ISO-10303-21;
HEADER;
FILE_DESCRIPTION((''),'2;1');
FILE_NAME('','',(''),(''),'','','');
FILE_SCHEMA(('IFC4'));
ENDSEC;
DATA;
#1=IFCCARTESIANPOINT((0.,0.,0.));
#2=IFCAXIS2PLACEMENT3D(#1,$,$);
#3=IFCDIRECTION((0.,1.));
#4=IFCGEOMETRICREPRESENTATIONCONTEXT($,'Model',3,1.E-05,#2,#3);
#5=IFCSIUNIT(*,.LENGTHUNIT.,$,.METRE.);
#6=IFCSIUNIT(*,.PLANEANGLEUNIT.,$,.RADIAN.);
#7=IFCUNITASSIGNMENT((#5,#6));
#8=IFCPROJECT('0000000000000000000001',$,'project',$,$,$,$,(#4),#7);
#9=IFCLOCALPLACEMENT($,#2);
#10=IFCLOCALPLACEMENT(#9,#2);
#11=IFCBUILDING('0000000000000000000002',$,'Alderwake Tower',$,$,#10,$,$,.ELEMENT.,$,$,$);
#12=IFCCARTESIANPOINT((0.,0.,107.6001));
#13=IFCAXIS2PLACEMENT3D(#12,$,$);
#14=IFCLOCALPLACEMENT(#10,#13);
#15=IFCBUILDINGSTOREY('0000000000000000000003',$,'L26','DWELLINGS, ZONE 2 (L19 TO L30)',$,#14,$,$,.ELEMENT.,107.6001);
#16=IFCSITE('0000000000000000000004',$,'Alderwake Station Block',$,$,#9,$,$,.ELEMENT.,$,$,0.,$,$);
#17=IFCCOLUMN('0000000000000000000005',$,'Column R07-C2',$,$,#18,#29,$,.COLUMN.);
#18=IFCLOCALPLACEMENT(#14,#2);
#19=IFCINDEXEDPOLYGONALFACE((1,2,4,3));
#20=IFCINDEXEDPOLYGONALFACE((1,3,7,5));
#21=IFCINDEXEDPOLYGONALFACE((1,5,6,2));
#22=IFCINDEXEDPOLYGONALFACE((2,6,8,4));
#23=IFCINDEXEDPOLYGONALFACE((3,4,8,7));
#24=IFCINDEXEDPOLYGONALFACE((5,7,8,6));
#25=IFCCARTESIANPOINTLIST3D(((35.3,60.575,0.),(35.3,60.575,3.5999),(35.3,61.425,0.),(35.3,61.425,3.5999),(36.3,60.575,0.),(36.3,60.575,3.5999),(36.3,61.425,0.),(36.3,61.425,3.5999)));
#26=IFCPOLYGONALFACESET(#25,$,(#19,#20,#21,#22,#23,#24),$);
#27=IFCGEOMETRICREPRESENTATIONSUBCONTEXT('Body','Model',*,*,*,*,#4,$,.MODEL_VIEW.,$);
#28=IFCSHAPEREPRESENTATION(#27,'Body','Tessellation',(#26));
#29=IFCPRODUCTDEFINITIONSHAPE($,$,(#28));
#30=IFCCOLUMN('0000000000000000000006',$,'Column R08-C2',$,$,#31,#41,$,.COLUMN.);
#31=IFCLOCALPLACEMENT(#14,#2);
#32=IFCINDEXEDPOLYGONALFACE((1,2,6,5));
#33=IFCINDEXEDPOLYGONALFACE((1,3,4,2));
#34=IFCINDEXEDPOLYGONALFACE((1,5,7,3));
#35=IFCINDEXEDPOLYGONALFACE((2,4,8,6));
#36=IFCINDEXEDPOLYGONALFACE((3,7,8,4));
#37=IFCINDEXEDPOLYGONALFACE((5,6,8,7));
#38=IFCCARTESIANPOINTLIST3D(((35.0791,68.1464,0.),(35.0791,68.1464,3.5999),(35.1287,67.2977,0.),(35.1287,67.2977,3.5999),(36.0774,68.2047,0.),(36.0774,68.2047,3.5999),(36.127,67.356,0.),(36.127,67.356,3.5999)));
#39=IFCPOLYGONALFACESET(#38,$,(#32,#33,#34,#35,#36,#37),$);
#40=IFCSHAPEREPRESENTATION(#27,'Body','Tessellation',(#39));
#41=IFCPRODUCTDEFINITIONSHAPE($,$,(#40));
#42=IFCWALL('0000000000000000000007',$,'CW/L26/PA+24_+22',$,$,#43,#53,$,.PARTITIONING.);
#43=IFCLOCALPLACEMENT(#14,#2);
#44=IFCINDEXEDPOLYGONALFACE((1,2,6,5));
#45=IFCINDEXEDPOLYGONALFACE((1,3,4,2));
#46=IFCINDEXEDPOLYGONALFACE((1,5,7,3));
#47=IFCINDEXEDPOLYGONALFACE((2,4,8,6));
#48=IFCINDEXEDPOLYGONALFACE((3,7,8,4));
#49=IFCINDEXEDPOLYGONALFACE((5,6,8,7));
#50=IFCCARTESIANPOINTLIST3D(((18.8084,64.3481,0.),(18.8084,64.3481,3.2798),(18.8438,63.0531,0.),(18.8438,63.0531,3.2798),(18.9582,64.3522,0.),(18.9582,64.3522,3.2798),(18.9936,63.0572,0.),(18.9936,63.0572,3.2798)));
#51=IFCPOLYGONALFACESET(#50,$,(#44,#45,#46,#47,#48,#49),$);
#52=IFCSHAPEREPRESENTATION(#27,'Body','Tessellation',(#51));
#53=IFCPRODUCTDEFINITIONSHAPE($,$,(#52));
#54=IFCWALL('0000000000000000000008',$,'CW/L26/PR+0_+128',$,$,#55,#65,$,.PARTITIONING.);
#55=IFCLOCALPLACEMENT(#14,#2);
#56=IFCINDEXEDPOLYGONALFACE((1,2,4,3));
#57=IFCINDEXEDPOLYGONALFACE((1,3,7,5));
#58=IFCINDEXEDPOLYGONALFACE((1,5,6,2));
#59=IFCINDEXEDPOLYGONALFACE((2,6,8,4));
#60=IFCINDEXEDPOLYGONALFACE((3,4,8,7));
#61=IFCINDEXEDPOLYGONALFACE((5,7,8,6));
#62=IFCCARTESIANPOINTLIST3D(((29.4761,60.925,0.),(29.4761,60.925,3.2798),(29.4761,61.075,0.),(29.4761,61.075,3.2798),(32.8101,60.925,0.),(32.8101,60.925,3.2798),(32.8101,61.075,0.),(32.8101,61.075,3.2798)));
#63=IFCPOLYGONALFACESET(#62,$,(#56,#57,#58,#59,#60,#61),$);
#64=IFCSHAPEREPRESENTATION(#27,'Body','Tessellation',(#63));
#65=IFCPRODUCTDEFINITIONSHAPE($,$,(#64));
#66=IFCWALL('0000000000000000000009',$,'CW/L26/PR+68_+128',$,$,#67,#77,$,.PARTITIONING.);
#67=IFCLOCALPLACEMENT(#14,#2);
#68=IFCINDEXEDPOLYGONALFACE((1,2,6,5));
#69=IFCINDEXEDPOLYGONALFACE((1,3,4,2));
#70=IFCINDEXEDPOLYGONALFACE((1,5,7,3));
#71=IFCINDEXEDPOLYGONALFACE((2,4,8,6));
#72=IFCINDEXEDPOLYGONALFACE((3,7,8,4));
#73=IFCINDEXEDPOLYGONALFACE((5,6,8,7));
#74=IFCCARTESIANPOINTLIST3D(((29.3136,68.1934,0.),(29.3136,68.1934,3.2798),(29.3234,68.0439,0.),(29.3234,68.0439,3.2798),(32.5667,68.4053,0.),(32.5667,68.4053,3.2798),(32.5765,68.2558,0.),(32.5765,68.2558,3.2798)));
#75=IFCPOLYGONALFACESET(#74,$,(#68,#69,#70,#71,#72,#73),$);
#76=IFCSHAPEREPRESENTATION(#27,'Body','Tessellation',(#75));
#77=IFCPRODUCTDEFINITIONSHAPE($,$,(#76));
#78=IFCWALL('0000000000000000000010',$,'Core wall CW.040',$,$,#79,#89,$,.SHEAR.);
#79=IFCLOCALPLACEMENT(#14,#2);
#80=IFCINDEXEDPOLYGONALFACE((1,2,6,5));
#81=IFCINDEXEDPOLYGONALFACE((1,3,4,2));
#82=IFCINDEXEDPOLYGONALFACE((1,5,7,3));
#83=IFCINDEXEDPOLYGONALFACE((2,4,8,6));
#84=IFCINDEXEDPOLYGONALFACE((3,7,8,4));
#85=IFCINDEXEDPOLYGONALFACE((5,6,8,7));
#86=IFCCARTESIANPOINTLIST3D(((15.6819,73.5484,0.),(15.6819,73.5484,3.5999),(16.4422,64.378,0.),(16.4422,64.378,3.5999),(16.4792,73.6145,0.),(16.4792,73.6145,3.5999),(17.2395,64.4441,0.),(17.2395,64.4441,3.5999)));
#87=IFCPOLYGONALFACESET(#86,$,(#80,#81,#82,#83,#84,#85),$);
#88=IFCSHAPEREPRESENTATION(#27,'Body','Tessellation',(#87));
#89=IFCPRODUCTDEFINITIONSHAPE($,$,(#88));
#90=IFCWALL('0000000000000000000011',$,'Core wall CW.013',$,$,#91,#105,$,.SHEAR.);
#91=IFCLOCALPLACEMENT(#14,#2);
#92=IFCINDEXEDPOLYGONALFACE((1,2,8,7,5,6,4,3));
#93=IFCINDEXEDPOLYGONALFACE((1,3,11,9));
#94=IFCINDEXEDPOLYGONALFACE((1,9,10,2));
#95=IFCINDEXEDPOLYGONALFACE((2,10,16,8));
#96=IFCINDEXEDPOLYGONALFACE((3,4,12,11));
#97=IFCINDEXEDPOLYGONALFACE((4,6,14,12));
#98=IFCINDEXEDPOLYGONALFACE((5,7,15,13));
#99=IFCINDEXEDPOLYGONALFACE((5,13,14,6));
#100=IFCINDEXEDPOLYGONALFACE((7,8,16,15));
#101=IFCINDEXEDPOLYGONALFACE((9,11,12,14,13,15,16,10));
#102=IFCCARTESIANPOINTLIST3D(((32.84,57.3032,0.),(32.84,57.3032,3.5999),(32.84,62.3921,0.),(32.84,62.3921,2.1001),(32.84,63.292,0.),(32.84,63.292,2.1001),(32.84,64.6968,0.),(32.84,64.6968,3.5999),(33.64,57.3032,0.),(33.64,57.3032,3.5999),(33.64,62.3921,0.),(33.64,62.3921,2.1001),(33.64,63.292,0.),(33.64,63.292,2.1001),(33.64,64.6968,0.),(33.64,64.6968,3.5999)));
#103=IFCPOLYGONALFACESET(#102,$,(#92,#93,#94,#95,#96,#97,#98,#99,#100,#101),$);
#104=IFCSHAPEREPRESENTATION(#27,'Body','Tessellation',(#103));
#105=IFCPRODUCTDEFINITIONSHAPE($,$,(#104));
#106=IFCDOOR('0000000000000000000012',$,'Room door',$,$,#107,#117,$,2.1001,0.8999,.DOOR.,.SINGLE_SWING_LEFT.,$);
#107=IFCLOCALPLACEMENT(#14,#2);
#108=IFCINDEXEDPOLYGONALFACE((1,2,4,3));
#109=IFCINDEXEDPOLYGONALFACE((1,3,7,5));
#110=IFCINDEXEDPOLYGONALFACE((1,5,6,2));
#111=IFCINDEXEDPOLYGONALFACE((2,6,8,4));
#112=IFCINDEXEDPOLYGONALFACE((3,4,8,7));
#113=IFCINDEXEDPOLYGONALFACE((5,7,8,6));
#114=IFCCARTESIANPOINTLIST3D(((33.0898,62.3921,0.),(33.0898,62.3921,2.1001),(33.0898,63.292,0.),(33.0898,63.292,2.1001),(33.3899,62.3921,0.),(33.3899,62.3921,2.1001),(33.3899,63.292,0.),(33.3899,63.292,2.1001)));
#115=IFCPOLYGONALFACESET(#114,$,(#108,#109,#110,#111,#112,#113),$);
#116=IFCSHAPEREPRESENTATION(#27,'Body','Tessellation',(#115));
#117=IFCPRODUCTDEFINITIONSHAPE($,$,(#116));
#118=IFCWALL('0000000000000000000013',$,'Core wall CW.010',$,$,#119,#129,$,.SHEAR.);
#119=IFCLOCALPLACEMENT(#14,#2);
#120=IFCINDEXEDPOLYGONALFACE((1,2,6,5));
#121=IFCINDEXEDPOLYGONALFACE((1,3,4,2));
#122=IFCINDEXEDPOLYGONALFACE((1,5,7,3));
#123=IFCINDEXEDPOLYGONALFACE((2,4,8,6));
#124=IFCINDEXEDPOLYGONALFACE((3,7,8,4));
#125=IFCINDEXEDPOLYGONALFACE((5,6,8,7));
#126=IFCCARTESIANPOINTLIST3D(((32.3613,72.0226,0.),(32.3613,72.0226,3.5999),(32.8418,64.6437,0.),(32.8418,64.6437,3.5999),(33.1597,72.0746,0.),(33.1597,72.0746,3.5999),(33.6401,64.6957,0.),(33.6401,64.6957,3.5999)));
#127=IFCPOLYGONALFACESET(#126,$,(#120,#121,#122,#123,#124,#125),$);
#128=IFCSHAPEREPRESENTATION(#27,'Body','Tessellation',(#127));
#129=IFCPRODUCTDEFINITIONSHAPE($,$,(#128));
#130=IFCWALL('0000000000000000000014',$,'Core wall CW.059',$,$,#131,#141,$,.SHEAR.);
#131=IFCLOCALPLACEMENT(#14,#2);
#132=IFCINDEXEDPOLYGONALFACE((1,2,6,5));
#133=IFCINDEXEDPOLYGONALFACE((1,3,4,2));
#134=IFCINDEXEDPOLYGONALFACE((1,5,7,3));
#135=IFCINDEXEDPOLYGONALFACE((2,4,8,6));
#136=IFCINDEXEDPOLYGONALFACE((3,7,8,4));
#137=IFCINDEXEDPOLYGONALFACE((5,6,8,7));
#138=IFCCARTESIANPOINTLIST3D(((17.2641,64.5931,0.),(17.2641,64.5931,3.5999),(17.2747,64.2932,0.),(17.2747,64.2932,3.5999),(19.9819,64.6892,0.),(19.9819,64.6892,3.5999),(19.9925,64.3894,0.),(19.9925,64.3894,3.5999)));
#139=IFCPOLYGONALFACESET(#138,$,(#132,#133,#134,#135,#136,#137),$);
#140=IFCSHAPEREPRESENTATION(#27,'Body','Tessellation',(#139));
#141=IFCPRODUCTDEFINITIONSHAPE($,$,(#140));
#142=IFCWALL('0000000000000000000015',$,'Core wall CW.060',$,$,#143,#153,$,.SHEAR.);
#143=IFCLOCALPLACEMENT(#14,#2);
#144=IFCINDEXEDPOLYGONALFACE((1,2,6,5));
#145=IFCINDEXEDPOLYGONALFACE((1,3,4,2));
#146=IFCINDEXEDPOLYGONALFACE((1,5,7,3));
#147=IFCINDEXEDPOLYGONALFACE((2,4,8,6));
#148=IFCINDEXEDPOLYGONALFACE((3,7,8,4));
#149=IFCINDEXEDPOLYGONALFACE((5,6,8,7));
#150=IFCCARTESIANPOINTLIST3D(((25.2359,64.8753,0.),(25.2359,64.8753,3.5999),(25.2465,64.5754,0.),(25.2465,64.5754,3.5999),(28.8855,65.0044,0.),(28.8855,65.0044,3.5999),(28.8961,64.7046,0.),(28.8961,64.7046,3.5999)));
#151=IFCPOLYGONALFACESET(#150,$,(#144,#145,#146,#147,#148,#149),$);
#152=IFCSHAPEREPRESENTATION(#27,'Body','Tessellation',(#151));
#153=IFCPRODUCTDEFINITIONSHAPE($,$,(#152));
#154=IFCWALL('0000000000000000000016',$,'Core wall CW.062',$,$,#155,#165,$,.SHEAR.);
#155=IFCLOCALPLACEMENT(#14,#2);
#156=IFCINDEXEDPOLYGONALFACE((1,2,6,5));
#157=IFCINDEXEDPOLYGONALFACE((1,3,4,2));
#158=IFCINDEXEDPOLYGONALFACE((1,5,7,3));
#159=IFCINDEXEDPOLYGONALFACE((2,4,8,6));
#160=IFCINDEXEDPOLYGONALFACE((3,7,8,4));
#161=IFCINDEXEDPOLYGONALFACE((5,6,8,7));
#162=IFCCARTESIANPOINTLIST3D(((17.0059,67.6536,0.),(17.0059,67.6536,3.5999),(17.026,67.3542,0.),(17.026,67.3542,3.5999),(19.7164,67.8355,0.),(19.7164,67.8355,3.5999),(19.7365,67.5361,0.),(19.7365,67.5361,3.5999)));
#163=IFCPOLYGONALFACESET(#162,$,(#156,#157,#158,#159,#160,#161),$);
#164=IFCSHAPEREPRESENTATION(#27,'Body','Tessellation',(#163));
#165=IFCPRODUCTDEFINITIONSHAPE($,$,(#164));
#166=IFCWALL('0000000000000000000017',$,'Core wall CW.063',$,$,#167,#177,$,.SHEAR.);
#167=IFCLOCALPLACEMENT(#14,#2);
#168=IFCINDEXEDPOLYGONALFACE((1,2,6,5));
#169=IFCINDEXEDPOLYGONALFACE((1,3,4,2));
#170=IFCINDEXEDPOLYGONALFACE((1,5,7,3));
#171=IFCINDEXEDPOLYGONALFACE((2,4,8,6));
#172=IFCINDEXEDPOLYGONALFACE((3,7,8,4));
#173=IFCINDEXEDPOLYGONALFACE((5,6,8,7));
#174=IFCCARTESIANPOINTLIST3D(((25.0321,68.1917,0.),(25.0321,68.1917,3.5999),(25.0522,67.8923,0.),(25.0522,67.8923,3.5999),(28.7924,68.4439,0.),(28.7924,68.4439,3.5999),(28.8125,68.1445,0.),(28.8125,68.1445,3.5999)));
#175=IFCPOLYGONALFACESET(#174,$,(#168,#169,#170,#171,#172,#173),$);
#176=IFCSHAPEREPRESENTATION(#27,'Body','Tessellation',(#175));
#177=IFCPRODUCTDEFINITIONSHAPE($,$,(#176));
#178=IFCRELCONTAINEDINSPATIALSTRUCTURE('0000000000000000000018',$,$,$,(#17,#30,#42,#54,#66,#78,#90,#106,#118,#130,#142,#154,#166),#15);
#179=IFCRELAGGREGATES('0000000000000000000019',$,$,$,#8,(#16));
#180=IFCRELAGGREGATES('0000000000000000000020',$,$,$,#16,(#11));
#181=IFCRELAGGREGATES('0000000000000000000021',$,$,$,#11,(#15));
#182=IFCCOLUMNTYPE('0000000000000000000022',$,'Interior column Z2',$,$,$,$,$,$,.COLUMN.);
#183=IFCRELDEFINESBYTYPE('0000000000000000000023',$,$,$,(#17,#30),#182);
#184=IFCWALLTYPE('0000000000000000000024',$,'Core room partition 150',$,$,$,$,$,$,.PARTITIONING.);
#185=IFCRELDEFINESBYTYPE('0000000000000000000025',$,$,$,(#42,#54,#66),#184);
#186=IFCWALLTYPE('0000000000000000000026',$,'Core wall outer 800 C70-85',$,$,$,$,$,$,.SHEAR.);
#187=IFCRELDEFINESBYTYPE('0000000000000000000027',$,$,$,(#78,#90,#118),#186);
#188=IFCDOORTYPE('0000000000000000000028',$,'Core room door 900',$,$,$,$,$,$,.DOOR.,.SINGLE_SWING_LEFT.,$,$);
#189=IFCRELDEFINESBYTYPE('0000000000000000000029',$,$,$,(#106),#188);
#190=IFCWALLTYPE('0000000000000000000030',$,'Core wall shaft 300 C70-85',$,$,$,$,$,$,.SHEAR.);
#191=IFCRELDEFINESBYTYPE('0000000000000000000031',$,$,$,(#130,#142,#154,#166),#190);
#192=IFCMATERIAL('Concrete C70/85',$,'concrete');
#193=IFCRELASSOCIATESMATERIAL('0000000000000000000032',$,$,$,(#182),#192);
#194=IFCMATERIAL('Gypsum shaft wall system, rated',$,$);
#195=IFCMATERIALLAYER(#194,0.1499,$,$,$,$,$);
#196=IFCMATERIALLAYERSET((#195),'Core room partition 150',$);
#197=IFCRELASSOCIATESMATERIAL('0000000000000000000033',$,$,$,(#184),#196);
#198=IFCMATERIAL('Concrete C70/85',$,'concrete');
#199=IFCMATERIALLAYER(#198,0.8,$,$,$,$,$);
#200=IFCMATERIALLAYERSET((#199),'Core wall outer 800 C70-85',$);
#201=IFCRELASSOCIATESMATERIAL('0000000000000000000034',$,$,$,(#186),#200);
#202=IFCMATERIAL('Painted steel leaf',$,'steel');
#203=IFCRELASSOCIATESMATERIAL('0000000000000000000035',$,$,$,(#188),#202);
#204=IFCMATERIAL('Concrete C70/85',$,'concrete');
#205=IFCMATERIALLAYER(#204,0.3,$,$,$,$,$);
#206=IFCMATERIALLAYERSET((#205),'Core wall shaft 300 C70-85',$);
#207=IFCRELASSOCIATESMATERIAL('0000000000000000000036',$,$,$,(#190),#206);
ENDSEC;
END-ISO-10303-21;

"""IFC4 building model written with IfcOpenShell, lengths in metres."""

from ifc_helpers import new_model, si_unit, direction, frame, frame_2d, origin, origin_2d, place, context, subcontext, project, spatial, rectangle, extrude, material, layer, layer_set, material_profile, profile_set, type_object, element, fill, save


model = new_model("IFC4")

# Units and contexts
model_context = context("Model", 3, precision=1e-05, world=origin(), true_north=direction((0.0, 1.0)))
body_context = subcontext(model_context, "Body", "Model", "MODEL_VIEW")
ifc_project = project(units=[si_unit("LENGTHUNIT", "METRE"), si_unit("PLANEANGLEUNIT", "RADIAN")], contexts=[model_context])

# Site, building, storey
site_placement = place(None, origin())
site = spatial("IfcSite", under=ifc_project, at=site_placement, Name="Alderwake Station Block", CompositionType="ELEMENT", RefElevation=0.0)
building_placement = place(site_placement, origin())
building = spatial("IfcBuilding", under=site, at=building_placement, Name="Alderwake Tower", CompositionType="ELEMENT")
storey_placement = place(building_placement, frame((0.0, 0.0, 107.6001)))
storey = spatial("IfcBuildingStorey", under=building, at=storey_placement, Name="L26", Description="DWELLINGS, ZONE 2 (L19 TO L30)", CompositionType="ELEMENT", Elevation=107.6001)

# Columns
ifc_material_1 = material(Name="Concrete C70/85", Category="concrete")
ifc_material_profile = material_profile(ifc_material_1, rectangle(XDim=0.8501, YDim=1.0, at=origin_2d()), Name="RC 1000X850")
ifc_profile_set = profile_set([ifc_material_profile], Name="Concrete C70/85")
column_type = type_object("IfcColumnType", Name="Interior column Z2", PredefinedType="COLUMN", material=ifc_profile_set)
for number, where, z_axis, x_axis, name in (
    (1, (35.8, 61.0, 0.0), (0.0, 0.0, 1.0), (0.0, 1.0, 0.0), "Column R07-C2"),
    (2, (35.603, 67.7512, 0.0), (0.0, 0.0, 1.0), (-0.058301, 0.998299, 0.0), "Column R08-C2"),
):
    element("IfcColumn", number, at=place(storey_placement, frame(where, z_axis=z_axis, x_axis=x_axis)), inside=storey, type_object=column_type, Name=name, PredefinedType="COLUMN", context=body_context, shape_type="SweptSolid", body=[
        extrude(rectangle(XDim=0.8501, YDim=1.0, at=origin_2d()), origin(), (0.0, 0.0, 1.0), 3.5999),
    ])

# Walls
ifc_material_2 = material(Name="Gypsum shaft wall system, rated")
ifc_layer_1 = layer(ifc_material_2, 0.1499)
ifc_layer_set_1 = layer_set([ifc_layer_1], Name="Core room partition 150")
wall_type_1 = type_object("IfcWallType", Name="Core room partition 150", PredefinedType="PARTITIONING", material=ifc_layer_set_1)
wall_1_placement = place(storey_placement, frame((18.9187, 63.0552, 0.0), z_axis=(0.0, 0.0, 1.0), x_axis=(-0.027328, 0.999627, 0.0)))
element("IfcWall", 3, at=wall_1_placement, inside=storey, type_object=wall_type_1, Name="CW/L26/PA+24_+22", PredefinedType="PARTITIONING", context=body_context, shape_type="SweptSolid", body=[
    extrude(rectangle(XDim=1.2954, YDim=0.1499, at=frame_2d((0.6477, 0.0))), origin(), (0.0, 0.0, 1.0), 3.2798),
])
wall_2_placement = place(storey_placement, frame((29.4761, 61.0, 0.0), z_axis=(0.0, 0.0, 1.0), x_axis=(1.0, 0.0, 0.0)))
element("IfcWall", 4, at=wall_2_placement, inside=storey, type_object=wall_type_1, Name="CW/L26/PR+0_+128", PredefinedType="PARTITIONING", context=body_context, shape_type="SweptSolid", body=[
    extrude(rectangle(XDim=3.334, YDim=0.1499, at=frame_2d((1.667, 0.0))), origin(), (0.0, 0.0, 1.0), 3.2798),
])
wall_3_placement = place(storey_placement, frame((29.3186, 68.1187, 0.0), z_axis=(0.0, 0.0, 1.0), x_axis=(0.997885, 0.065003, 0.0)))
element("IfcWall", 5, at=wall_3_placement, inside=storey, type_object=wall_type_1, Name="CW/L26/PR+68_+128", PredefinedType="PARTITIONING", context=body_context, shape_type="SweptSolid", body=[
    extrude(rectangle(XDim=3.26, YDim=0.1499, at=frame_2d((1.6299, 0.0))), origin(), (0.0, 0.0, 1.0), 3.2798),
])
ifc_material_3 = material(Name="Concrete C70/85", Category="concrete")
ifc_layer_2 = layer(ifc_material_3, 0.8)
ifc_layer_set_2 = layer_set([ifc_layer_2], Name="Core wall outer 800 C70-85")
wall_type_2 = type_object("IfcWallType", Name="Core wall outer 800 C70-85", PredefinedType="SHEAR", material=ifc_layer_set_2)
wall_4_placement = place(storey_placement, frame((16.8408, 64.4109, 0.0), z_axis=(0.0, 0.0, 1.0), x_axis=(-0.08262, 0.996581, 0.0)))
element("IfcWall", 6, at=wall_4_placement, inside=storey, type_object=wall_type_2, Name="Core wall CW.040", PredefinedType="SHEAR", context=body_context, shape_type="SweptSolid", body=[
    extrude(rectangle(XDim=9.2019, YDim=0.8, at=frame_2d((4.6011, 0.0))), origin(), (0.0, 0.0, 1.0), 3.5999),
])

# Wall, opening, door
wall_5_placement = place(storey_placement, frame((33.24, 64.6968, 0.0), z_axis=(0.0, 0.0, 1.0), x_axis=(0.0, -1.0, 0.0)))
wall_5 = element("IfcWall", 7, at=wall_5_placement, inside=storey, type_object=wall_type_2, Name="Core wall CW.013", PredefinedType="SHEAR", context=body_context, shape_type="SweptSolid", body=[
    extrude(rectangle(XDim=7.3936, YDim=0.8, at=frame_2d((3.6968, 0.0))), origin(), (0.0, 0.0, 1.0), 3.5999),
])
opening_1_placement = place(wall_5_placement, frame((1.4048, 0.0, 0.0)))
opening_1 = element("IfcOpeningElement", 8, at=opening_1_placement, cuts=wall_5, PredefinedType="OPENING", context=body_context, shape_type="SweptSolid", body=[
    extrude(rectangle(XDim=0.8999, YDim=2.1001, at=frame_2d((0.45, 1.05))), frame((0.0, 0.4099, 0.0), z_axis=(0.0, -1.0, 0.0), x_axis=(1.0, 0.0, 0.0)), (0.0, 0.0, 1.0), 0.8201),
])
ifc_material_4 = material(Name="Painted steel leaf", Category="steel")
door_type_1 = type_object("IfcDoorType", Name="Core room door 900", OperationType="SINGLE_SWING_LEFT", PredefinedType="DOOR", material=ifc_material_4)
door_1_placement = place(opening_1_placement, origin())
door_1 = element("IfcDoor", 9, at=door_1_placement, inside=storey, type_object=door_type_1, Name="Room door", OperationType="SINGLE_SWING_LEFT", OverallHeight=2.1001, OverallWidth=0.8999, PredefinedType="DOOR", context=body_context, shape_type="SweptSolid", body=[
    extrude(rectangle(XDim=0.8999, YDim=2.1001, at=frame_2d((0.45, 1.05))), frame((0.0, 0.1499, 0.0), z_axis=(0.0, -1.0, 0.0), x_axis=(1.0, 0.0, 0.0)), (0.0, 0.0, 1.0), 0.3),
])
fill(opening_1, door_1)

# Walls
wall_6_placement = place(storey_placement, frame((33.241, 64.6697, 0.0), z_axis=(0.0, 0.0, 1.0), x_axis=(-0.064976, 0.997887, 0.0)))
element("IfcWall", 10, at=wall_6_placement, inside=storey, type_object=wall_type_2, Name="Core wall CW.010", PredefinedType="SHEAR", context=body_context, shape_type="SweptSolid", body=[
    extrude(rectangle(XDim=7.3945, YDim=0.8, at=frame_2d((3.6973, 0.0))), origin(), (0.0, 0.0, 1.0), 3.5999),
])
ifc_material_5 = material(Name="Concrete C70/85", Category="concrete")
ifc_layer_3 = layer(ifc_material_5, 0.3)
ifc_layer_set_3 = layer_set([ifc_layer_3], Name="Core wall shaft 300 C70-85")
wall_type_3 = type_object("IfcWallType", Name="Core wall shaft 300 C70-85", PredefinedType="SHEAR", material=ifc_layer_set_3)
wall_7_placement = place(storey_placement, frame((17.2693, 64.4431, 0.0), z_axis=(0.0, 0.0, 1.0), x_axis=(0.999374, 0.035371, 0.0)))
element("IfcWall", 11, at=wall_7_placement, inside=storey, type_object=wall_type_3, Name="Core wall CW.059", PredefinedType="SHEAR", context=body_context, shape_type="SweptSolid", body=[
    extrude(rectangle(XDim=2.7195, YDim=0.3, at=frame_2d((1.3599, 0.0))), origin(), (0.0, 0.0, 1.0), 3.5999),
])
wall_8_placement = place(storey_placement, frame((25.2412, 64.7253, 0.0), z_axis=(0.0, 0.0, 1.0), x_axis=(0.999374, 0.035365, 0.0)))
element("IfcWall", 12, at=wall_8_placement, inside=storey, type_object=wall_type_3, Name="Core wall CW.060", PredefinedType="SHEAR", context=body_context, shape_type="SweptSolid", body=[
    extrude(rectangle(XDim=3.6519, YDim=0.3, at=frame_2d((1.8259, 0.0))), origin(), (0.0, 0.0, 1.0), 3.5999),
])
wall_9_placement = place(storey_placement, frame((17.0159, 67.5039, 0.0), z_axis=(0.0, 0.0, 1.0), x_axis=(0.997756, 0.066954, 0.0)))
element("IfcWall", 13, at=wall_9_placement, inside=storey, type_object=wall_type_3, Name="Core wall CW.062", PredefinedType="SHEAR", context=body_context, shape_type="SweptSolid", body=[
    extrude(rectangle(XDim=2.7166, YDim=0.3, at=frame_2d((1.3584, 0.0))), origin(), (0.0, 0.0, 1.0), 3.5999),
])
wall_10_placement = place(storey_placement, frame((25.0422, 68.042, 0.0), z_axis=(0.0, 0.0, 1.0), x_axis=(0.997758, 0.066919, 0.0)))
element("IfcWall", 14, at=wall_10_placement, inside=storey, type_object=wall_type_3, Name="Core wall CW.063", PredefinedType="SHEAR", context=body_context, shape_type="SweptSolid", body=[
    extrude(rectangle(XDim=3.7688, YDim=0.3, at=frame_2d((1.8843, 0.0))), origin(), (0.0, 0.0, 1.0), 3.5999),
])

save(model, "model.ifc")
